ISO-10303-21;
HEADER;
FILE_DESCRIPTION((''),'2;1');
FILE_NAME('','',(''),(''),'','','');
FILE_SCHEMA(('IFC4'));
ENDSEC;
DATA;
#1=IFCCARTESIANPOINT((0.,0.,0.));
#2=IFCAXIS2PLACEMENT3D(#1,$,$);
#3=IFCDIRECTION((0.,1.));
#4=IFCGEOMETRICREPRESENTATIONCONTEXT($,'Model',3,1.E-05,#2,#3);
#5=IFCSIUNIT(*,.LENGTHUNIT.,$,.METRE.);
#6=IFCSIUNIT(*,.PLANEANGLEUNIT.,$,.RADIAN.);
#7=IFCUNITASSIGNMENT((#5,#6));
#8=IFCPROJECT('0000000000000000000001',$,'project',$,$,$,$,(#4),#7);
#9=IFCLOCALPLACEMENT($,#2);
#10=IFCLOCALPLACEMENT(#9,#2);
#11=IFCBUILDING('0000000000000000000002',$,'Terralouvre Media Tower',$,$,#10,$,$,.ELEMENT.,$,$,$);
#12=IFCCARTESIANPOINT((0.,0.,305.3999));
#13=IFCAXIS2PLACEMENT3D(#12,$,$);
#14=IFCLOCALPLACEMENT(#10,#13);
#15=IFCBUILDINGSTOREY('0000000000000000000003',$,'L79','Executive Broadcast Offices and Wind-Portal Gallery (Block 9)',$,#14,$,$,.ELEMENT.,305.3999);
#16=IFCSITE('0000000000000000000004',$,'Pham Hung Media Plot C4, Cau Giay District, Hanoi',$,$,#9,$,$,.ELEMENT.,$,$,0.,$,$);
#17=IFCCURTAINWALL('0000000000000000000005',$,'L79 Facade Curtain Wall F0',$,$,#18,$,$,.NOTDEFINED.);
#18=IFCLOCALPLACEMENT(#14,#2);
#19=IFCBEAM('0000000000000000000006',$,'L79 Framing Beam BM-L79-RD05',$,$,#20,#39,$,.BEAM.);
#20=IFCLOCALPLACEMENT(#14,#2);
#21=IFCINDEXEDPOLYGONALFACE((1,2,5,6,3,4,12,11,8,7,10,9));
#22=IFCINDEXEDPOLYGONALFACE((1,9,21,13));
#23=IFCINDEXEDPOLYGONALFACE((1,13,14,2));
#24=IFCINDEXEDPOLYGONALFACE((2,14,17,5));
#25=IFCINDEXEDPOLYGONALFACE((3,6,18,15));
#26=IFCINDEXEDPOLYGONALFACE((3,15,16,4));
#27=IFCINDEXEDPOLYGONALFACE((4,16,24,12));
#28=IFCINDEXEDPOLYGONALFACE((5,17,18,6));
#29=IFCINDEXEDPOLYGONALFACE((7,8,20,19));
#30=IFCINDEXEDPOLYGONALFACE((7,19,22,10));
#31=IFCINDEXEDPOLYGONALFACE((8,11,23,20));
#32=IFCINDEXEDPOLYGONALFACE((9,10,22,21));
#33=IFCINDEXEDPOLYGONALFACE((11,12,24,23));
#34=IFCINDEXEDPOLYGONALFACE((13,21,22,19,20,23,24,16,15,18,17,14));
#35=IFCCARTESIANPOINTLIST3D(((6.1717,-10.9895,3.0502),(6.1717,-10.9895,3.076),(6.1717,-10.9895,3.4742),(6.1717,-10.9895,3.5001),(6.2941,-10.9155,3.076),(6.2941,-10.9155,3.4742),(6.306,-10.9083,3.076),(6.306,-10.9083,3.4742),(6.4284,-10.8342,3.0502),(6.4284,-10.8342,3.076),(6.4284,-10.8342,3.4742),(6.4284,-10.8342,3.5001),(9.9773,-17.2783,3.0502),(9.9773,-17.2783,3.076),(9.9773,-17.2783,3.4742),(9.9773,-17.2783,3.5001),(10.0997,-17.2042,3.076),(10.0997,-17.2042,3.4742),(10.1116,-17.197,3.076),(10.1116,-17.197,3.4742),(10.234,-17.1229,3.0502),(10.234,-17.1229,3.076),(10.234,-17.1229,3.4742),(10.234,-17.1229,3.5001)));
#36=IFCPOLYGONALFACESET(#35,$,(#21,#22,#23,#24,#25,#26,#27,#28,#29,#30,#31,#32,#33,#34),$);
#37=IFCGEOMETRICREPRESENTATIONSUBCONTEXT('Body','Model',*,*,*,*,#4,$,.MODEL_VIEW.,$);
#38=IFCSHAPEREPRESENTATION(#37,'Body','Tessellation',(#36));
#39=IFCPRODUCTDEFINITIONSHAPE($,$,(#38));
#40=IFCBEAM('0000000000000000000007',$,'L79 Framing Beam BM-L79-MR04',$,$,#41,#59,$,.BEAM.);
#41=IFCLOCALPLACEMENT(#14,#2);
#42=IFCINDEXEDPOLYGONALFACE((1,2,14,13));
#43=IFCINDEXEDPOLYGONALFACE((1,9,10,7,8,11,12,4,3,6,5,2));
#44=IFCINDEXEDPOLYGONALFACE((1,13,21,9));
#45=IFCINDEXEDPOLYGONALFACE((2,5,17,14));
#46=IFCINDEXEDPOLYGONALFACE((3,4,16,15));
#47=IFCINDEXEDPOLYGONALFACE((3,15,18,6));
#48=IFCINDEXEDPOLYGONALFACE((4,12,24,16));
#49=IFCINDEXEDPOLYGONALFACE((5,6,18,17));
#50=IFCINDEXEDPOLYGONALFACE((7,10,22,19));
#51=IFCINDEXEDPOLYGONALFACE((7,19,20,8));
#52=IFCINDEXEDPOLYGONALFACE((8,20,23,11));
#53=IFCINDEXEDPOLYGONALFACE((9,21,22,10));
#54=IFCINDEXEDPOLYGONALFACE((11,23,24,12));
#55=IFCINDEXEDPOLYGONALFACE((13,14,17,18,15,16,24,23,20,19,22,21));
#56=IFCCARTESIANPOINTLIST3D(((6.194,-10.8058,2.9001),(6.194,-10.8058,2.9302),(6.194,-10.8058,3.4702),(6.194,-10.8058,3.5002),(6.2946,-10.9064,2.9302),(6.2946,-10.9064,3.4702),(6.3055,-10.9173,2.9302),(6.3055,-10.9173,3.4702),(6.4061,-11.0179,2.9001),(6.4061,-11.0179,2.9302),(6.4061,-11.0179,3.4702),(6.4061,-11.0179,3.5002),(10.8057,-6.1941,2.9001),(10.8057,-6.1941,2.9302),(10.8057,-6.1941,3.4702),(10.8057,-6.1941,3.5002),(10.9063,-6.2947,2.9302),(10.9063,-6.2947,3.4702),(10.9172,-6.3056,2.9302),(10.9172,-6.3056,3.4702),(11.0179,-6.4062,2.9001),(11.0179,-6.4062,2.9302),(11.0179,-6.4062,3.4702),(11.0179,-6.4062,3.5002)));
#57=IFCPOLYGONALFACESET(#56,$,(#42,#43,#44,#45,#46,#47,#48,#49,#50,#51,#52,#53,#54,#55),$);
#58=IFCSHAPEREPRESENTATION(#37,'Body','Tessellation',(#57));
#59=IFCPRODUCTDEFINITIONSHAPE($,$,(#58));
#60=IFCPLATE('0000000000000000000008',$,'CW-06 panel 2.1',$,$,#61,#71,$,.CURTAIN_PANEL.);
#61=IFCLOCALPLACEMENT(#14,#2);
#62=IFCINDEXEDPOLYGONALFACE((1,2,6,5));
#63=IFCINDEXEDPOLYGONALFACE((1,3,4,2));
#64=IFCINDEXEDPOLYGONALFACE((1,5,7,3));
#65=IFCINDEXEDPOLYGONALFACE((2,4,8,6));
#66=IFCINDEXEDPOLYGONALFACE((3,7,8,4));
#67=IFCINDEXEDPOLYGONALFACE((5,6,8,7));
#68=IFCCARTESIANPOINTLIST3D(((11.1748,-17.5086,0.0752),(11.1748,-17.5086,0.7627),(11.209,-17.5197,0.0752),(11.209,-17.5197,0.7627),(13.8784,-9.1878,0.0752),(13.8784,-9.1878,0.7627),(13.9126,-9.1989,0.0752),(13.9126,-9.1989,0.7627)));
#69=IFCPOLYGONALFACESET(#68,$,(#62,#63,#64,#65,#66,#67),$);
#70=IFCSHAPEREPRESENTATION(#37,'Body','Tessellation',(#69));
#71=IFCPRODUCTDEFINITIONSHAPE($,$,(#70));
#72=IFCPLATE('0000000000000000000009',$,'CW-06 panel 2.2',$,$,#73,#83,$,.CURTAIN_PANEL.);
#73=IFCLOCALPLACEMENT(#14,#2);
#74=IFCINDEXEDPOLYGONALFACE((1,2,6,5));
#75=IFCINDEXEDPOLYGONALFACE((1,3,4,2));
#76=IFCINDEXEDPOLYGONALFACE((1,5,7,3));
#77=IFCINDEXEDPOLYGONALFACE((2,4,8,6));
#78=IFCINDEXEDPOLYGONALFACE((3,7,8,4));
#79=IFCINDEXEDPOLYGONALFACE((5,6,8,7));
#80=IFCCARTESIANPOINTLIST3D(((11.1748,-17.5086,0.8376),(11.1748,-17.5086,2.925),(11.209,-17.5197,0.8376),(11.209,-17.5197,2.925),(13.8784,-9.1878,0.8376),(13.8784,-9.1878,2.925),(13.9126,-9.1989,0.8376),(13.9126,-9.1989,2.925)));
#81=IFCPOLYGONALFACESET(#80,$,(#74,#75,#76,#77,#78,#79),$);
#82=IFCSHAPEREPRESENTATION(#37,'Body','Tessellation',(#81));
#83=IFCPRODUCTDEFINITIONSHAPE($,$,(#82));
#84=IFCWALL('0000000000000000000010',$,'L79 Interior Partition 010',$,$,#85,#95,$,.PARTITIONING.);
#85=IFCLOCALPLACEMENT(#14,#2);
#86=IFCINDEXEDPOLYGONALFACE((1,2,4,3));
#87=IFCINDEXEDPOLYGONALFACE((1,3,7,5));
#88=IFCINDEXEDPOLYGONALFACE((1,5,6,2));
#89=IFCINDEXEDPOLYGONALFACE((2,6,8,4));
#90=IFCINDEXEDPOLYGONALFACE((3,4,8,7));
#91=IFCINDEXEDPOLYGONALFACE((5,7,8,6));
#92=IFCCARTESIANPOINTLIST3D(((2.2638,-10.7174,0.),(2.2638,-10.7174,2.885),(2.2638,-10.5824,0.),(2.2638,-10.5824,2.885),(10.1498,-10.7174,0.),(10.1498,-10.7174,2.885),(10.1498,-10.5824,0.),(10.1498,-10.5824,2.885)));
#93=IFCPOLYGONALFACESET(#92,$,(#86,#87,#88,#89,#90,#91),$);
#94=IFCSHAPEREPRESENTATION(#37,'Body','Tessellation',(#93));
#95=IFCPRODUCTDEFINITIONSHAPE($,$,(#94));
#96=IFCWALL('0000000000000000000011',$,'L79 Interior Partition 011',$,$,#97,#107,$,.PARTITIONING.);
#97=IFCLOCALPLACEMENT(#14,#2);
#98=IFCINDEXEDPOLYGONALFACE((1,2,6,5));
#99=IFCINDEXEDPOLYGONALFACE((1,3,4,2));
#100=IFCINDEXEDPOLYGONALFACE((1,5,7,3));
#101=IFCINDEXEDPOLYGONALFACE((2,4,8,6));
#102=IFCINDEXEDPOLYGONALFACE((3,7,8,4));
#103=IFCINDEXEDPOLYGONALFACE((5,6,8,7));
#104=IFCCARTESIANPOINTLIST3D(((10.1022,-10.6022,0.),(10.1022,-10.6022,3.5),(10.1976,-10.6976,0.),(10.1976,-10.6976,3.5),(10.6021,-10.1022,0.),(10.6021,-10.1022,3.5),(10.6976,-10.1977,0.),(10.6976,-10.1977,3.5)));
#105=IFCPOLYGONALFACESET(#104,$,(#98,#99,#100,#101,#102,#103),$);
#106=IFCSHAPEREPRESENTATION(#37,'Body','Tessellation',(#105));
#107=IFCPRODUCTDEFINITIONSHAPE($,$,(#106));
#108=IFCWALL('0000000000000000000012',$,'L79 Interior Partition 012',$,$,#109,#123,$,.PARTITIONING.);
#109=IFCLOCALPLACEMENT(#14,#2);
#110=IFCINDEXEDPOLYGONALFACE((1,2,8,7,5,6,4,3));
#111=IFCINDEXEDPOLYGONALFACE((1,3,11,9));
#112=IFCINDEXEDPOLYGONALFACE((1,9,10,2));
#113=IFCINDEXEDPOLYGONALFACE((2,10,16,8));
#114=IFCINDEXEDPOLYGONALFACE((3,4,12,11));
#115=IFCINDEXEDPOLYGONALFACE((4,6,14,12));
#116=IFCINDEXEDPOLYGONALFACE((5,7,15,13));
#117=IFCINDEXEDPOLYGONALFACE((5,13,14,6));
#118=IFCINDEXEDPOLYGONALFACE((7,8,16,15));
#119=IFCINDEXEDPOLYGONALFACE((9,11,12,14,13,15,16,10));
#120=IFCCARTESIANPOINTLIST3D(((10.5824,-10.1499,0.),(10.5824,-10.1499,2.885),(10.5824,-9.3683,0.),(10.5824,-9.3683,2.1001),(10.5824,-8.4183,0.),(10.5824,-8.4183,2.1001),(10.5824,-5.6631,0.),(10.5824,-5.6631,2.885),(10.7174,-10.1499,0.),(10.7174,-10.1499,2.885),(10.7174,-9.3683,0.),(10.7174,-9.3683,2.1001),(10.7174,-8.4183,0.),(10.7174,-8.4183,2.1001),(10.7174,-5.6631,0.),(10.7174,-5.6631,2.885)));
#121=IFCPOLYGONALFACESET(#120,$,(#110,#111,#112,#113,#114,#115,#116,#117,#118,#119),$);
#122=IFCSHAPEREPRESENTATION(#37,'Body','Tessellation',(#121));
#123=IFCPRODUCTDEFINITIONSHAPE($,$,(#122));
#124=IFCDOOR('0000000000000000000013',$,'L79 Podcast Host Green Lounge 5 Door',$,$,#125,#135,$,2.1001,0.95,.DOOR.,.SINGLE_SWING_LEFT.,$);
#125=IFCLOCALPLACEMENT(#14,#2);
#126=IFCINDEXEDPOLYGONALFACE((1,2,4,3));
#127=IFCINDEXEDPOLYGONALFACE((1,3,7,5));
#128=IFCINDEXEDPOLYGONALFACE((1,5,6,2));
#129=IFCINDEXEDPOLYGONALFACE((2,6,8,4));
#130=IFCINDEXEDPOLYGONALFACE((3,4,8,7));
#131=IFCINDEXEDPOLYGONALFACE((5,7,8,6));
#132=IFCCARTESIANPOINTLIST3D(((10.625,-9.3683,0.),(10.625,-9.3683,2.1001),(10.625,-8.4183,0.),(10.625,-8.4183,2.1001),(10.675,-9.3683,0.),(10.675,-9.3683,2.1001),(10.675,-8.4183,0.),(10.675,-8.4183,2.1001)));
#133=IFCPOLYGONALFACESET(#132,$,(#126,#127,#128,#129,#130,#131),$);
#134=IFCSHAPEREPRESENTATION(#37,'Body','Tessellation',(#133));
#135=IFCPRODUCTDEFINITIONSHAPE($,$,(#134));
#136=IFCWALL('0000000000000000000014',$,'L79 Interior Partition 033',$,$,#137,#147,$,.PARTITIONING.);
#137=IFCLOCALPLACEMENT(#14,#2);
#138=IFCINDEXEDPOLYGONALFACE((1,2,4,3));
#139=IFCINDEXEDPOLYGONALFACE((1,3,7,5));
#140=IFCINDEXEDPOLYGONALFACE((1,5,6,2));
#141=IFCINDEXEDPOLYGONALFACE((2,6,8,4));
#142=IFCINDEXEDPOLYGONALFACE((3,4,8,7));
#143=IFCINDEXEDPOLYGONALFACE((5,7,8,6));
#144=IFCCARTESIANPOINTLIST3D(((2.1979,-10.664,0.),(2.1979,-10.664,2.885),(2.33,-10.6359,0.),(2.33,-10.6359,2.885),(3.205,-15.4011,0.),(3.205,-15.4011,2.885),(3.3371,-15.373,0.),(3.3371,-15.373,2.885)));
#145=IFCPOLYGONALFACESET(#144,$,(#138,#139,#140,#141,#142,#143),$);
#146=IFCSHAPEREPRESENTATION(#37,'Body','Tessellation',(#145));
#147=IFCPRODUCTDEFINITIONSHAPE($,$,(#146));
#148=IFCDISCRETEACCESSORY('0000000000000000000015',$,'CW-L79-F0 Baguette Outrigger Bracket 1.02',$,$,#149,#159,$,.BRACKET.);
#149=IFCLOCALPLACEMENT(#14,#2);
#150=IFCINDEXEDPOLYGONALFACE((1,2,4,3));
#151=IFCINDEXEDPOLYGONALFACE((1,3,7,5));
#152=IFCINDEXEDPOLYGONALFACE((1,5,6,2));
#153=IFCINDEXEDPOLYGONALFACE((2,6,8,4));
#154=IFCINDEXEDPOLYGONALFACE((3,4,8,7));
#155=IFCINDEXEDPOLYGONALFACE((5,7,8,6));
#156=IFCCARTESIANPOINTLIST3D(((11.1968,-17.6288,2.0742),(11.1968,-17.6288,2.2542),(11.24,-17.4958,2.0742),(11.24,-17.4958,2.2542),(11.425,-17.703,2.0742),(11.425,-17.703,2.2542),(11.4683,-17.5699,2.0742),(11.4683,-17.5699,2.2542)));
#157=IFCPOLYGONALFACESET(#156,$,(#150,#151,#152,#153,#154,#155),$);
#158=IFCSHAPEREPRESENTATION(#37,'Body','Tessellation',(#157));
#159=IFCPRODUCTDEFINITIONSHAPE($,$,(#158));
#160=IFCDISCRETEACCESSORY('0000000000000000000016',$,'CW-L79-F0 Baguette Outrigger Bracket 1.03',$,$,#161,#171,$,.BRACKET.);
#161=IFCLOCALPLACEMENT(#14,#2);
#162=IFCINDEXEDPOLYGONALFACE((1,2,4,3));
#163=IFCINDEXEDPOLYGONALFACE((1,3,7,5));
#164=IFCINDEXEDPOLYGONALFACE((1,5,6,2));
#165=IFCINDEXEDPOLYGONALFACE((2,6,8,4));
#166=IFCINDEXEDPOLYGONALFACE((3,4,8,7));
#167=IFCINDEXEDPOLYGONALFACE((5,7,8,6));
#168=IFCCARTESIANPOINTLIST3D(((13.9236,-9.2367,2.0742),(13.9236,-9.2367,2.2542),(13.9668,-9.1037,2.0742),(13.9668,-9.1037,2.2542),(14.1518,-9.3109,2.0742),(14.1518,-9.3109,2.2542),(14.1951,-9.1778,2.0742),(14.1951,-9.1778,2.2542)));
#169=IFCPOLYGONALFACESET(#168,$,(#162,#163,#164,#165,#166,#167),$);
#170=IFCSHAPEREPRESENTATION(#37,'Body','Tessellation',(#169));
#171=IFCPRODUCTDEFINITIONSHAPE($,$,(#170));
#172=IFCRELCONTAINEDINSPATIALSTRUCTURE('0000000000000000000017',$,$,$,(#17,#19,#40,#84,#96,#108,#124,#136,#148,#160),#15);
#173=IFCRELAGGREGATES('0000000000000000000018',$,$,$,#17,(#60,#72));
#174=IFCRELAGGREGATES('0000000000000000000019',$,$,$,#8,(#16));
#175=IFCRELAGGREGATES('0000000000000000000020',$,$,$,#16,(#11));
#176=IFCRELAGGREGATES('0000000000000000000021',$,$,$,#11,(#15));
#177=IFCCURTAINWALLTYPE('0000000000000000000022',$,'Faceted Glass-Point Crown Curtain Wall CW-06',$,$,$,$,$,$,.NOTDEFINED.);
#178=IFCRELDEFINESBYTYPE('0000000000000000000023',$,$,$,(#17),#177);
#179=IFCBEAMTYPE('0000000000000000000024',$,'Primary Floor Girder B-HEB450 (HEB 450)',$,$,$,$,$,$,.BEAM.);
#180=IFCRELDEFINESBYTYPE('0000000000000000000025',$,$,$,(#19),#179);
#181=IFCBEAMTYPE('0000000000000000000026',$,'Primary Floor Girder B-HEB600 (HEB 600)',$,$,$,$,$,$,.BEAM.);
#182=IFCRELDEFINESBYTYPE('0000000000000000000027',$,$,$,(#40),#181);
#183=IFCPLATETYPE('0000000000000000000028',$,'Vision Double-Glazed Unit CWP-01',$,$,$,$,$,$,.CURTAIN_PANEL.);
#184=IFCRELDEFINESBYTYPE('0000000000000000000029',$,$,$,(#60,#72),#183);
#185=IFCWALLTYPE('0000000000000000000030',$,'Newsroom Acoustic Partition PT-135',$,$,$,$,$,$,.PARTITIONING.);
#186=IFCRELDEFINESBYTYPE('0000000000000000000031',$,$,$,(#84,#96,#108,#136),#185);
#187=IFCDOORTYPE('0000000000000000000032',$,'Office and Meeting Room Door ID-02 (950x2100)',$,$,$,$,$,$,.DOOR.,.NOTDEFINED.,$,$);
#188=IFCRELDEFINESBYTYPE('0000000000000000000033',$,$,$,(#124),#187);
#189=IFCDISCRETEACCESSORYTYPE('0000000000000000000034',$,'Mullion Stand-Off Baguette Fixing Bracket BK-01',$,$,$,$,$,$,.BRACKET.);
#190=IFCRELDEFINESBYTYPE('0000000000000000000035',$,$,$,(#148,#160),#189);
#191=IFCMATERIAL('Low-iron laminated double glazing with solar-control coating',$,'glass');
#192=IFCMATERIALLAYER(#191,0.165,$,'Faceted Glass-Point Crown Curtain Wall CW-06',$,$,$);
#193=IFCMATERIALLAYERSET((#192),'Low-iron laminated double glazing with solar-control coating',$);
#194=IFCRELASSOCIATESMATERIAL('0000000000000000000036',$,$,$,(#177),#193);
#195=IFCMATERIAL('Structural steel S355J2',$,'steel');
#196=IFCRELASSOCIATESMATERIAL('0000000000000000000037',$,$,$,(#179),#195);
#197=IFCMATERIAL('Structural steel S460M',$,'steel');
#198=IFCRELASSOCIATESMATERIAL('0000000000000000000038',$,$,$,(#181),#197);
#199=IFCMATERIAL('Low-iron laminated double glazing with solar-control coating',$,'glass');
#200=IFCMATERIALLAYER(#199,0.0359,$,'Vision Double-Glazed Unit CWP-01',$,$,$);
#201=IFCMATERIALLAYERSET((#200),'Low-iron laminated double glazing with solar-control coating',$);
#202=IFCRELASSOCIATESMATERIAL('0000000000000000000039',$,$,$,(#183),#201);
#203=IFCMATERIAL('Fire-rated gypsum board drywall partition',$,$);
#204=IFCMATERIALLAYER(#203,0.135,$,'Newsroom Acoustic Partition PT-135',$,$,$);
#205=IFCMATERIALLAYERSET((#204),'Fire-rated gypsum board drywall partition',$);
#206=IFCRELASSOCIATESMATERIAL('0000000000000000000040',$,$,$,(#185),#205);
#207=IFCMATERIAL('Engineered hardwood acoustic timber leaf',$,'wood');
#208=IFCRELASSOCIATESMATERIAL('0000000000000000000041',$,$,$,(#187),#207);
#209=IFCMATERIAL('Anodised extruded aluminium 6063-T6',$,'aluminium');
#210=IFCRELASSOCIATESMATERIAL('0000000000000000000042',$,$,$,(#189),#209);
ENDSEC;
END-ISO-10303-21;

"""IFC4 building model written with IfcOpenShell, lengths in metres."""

from ifc_helpers import new_model, si_unit, direction, frame, frame_2d, origin, origin_2d, place, context, subcontext, project, spatial, rectangle, i_section, extrude, material, layer, layer_set, material_profile, profile_set, type_object, element, fill, aggregate, save


model = new_model("IFC4")

# Units and contexts
model_context = context("Model", 3, precision=1e-05, world=origin(), true_north=direction((0.0, 1.0)))
body_context = subcontext(model_context, "Body", "Model", "MODEL_VIEW")
ifc_project = project(units=[si_unit("LENGTHUNIT", "METRE"), si_unit("PLANEANGLEUNIT", "RADIAN")], contexts=[model_context])

# Site, building, storey
site_placement = place(None, origin())
site = spatial("IfcSite", under=ifc_project, at=site_placement, Name="Pham Hung Media Plot C4, Cau Giay District, Hanoi", CompositionType="ELEMENT", RefElevation=0.0)
building_placement = place(site_placement, origin())
building = spatial("IfcBuilding", under=site, at=building_placement, Name="Terralouvre Media Tower", CompositionType="ELEMENT")
storey_placement = place(building_placement, frame((0.0, 0.0, 305.3999)))
storey = spatial("IfcBuildingStorey", under=building, at=storey_placement, Name="L79", Description="Executive Broadcast Offices and Wind-Portal Gallery (Block 9)", CompositionType="ELEMENT", Elevation=305.3999)

# Curtain wall
ifc_material_1 = material(Name="Low-iron laminated double glazing with solar-control coating", Category="glass")
ifc_layer_1 = layer(ifc_material_1, 0.165, Name="Faceted Glass-Point Crown Curtain Wall CW-06")
ifc_layer_set_1 = layer_set([ifc_layer_1], Name="Low-iron laminated double glazing with solar-control coating")
curtain_wall_type = type_object("IfcCurtainWallType", Name="Faceted Glass-Point Crown Curtain Wall CW-06", PredefinedType="NOTDEFINED", material=ifc_layer_set_1)
curtain_wall_placement = place(storey_placement, origin())
curtain_wall = element("IfcCurtainWall", 1, at=curtain_wall_placement, inside=storey, type_object=curtain_wall_type, Name="L79 Facade Curtain Wall F0", PredefinedType="NOTDEFINED")

# Beams
ifc_material_2 = material(Name="Structural steel S355J2", Category="steel")
ifc_material_profile_1 = material_profile(ifc_material_2, i_section(OverallWidth=0.3, OverallDepth=0.45, WebThickness=0.0139, FlangeThickness=0.0259, at=origin_2d()), Name="HEB 450")
ifc_profile_set_1 = profile_set([ifc_material_profile_1], Name="Structural steel S355J2")
beam_type_1 = type_object("IfcBeamType", Name="Primary Floor Girder B-HEB450 (HEB 450)", PredefinedType="BEAM", material=ifc_profile_set_1)
beam_1_placement = place(storey_placement, frame((6.3, -10.9119, 3.2751), z_axis=(0.51773, -0.855544, 0.0), x_axis=(0.855544, 0.51773, 0.0)))
element("IfcBeam", 2, at=beam_1_placement, inside=storey, type_object=beam_type_1, Name="L79 Framing Beam BM-L79-RD05", PredefinedType="BEAM", context=body_context, shape_type="SweptSolid", body=[
    extrude(i_section(OverallWidth=0.3, OverallDepth=0.45, WebThickness=0.0139, FlangeThickness=0.0259, at=origin_2d()), origin(), (0.0, 0.0, 1.0), 7.3506),
])
ifc_material_3 = material(Name="Structural steel S460M", Category="steel")
ifc_material_profile_2 = material_profile(ifc_material_3, i_section(OverallWidth=0.3, OverallDepth=0.6001, WebThickness=0.0154, FlangeThickness=0.03, at=origin_2d()), Name="HEB 600")
ifc_profile_set_2 = profile_set([ifc_material_profile_2], Name="Structural steel S460M")
beam_type_2 = type_object("IfcBeamType", Name="Primary Floor Girder B-HEB600 (HEB 600)", PredefinedType="BEAM", material=ifc_profile_set_2)
beam_2_placement = place(storey_placement, frame((6.3, -10.9119, 3.2002), z_axis=(0.707107, 0.707107, 0.0), x_axis=(-0.707107, 0.707107, 0.0)))
element("IfcBeam", 3, at=beam_2_placement, inside=storey, type_object=beam_type_2, Name="L79 Framing Beam BM-L79-MR04", PredefinedType="BEAM", context=body_context, shape_type="SweptSolid", body=[
    extrude(i_section(OverallWidth=0.3, OverallDepth=0.6001, WebThickness=0.0154, FlangeThickness=0.03, at=origin_2d()), origin(), (0.0, 0.0, 1.0), 6.522),
])

# Plates
ifc_material_4 = material(Name="Low-iron laminated double glazing with solar-control coating", Category="glass")
ifc_layer_2 = layer(ifc_material_4, 0.0359, Name="Vision Double-Glazed Unit CWP-01")
ifc_layer_set_2 = layer_set([ifc_layer_2], Name="Low-iron laminated double glazing with solar-control coating")
plate_type = type_object("IfcPlateType", Name="Vision Double-Glazed Unit CWP-01", PredefinedType="CURTAIN_PANEL", material=ifc_layer_set_2)
plate_1_placement = place(storey_placement, frame((12.5437, -13.3538, 0.0752), z_axis=(0.0, 0.0, 1.0), x_axis=(0.309017, 0.951057, 0.0)))
plate_1 = element("IfcPlate", 4, at=plate_1_placement, type_object=plate_type, Name="CW-06 panel 2.1", PredefinedType="CURTAIN_PANEL", context=body_context, shape_type="SweptSolid", body=[
    extrude(rectangle(XDim=8.749, YDim=0.0359, at=origin_2d()), origin(), (0.0, 0.0, 1.0), 0.6875),
])
plate_2_placement = place(storey_placement, frame((12.5437, -13.3538, 0.8376), z_axis=(0.0, 0.0, 1.0), x_axis=(0.309017, 0.951057, 0.0)))
plate_2 = element("IfcPlate", 5, at=plate_2_placement, type_object=plate_type, Name="CW-06 panel 2.2", PredefinedType="CURTAIN_PANEL", context=body_context, shape_type="SweptSolid", body=[
    extrude(rectangle(XDim=8.749, YDim=0.0359, at=origin_2d()), origin(), (0.0, 0.0, 1.0), 2.0874),
])
aggregate(curtain_wall, [plate_1, plate_2])

# Walls
ifc_material_5 = material(Name="Fire-rated gypsum board drywall partition")
ifc_layer_3 = layer(ifc_material_5, 0.135, Name="Newsroom Acoustic Partition PT-135")
ifc_layer_set_3 = layer_set([ifc_layer_3], Name="Fire-rated gypsum board drywall partition")
wall_type = type_object("IfcWallType", Name="Newsroom Acoustic Partition PT-135", PredefinedType="PARTITIONING", material=ifc_layer_set_3)
wall_1_placement = place(storey_placement, frame((2.2639, -10.6499, 0.0), z_axis=(0.0, 0.0, 1.0), x_axis=(1.0, 0.0, 0.0)))
element("IfcWall", 6, at=wall_1_placement, inside=storey, type_object=wall_type, Name="L79 Interior Partition 010", PredefinedType="PARTITIONING", context=body_context, shape_type="SweptSolid", body=[
    extrude(rectangle(XDim=7.886, YDim=0.135, at=frame_2d((3.9429, 0.0))), origin(), (0.0, 0.0, 1.0), 2.885),
])
wall_2_placement = place(storey_placement, frame((10.1499, -10.6499, 0.0), z_axis=(0.0, 0.0, 1.0), x_axis=(0.707107, 0.707107, 0.0)))
element("IfcWall", 7, at=wall_2_placement, inside=storey, type_object=wall_type, Name="L79 Interior Partition 011", PredefinedType="PARTITIONING", context=body_context, shape_type="SweptSolid", body=[
    extrude(rectangle(XDim=0.707, YDim=0.135, at=frame_2d((0.3535, 0.0))), origin(), (0.0, 0.0, 1.0), 3.5),
])

# Wall, opening, door
wall_3_placement = place(storey_placement, frame((10.6499, -10.1499, 0.0), z_axis=(0.0, 0.0, 1.0), x_axis=(0.0, 1.0, 0.0)))
wall_3 = element("IfcWall", 8, at=wall_3_placement, inside=storey, type_object=wall_type, Name="L79 Interior Partition 012", PredefinedType="PARTITIONING", context=body_context, shape_type="SweptSolid", body=[
    extrude(rectangle(XDim=4.4868, YDim=0.135, at=frame_2d((2.2434, 0.0))), origin(), (0.0, 0.0, 1.0), 2.885),
])
opening_placement = place(wall_3_placement, frame((0.7815, 0.0, 0.0)))
opening = element("IfcOpeningElement", 9, at=opening_placement, cuts=wall_3, PredefinedType="OPENING", context=body_context, shape_type="SweptSolid", body=[
    extrude(rectangle(XDim=0.95, YDim=2.1001, at=frame_2d((0.4751, 1.05))), frame((0.0, 0.0774, 0.0), z_axis=(0.0, -1.0, 0.0), x_axis=(1.0, 0.0, 0.0)), (0.0, 0.0, 1.0), 0.155),
])
ifc_material_6 = material(Name="Engineered hardwood acoustic timber leaf", Category="wood")
door_type = type_object("IfcDoorType", Name="Office and Meeting Room Door ID-02 (950x2100)", OperationType="NOTDEFINED", PredefinedType="DOOR", material=ifc_material_6)
door_placement = place(opening_placement, origin())
door = element("IfcDoor", 10, at=door_placement, inside=storey, type_object=door_type, Name="L79 Podcast Host Green Lounge 5 Door", OperationType="SINGLE_SWING_LEFT", OverallHeight=2.1001, OverallWidth=0.95, PredefinedType="DOOR", context=body_context, shape_type="SweptSolid", body=[
    extrude(rectangle(XDim=0.95, YDim=2.1001, at=frame_2d((0.4751, 1.05))), frame((0.0, 0.0249, 0.0), z_axis=(0.0, -1.0, 0.0), x_axis=(1.0, 0.0, 0.0)), (0.0, 0.0, 1.0), 0.05),
])
fill(opening, door)

# Wall
wall_4_placement = place(storey_placement, frame((3.271, -15.387, 0.0), z_axis=(0.0, 0.0, 1.0), x_axis=(-0.207949, 0.97814, 0.0)))
element("IfcWall", 11, at=wall_4_placement, inside=storey, type_object=wall_type, Name="L79 Interior Partition 033", PredefinedType="PARTITIONING", context=body_context, shape_type="SweptSolid", body=[
    extrude(rectangle(XDim=4.843, YDim=0.135, at=frame_2d((2.4214, 0.0))), origin(), (0.0, 0.0, 1.0), 2.885),
])

# Discrete accessories
ifc_material_7 = material(Name="Anodised extruded aluminium 6063-T6", Category="aluminium")
discrete_accessory_type = type_object("IfcDiscreteAccessoryType", Name="Mullion Stand-Off Baguette Fixing Bracket BK-01", PredefinedType="BRACKET", material=ifc_material_7)
for number, where, z_axis, x_axis, name in (
    (12, (11.3325, -17.5994, 2.0742), (0.0, 0.0, 1.0), (0.309017, 0.951057, 0.0), "CW-L79-F0 Baguette Outrigger Bracket 1.02"),
    (13, (14.0593, -9.2073, 2.0742), (0.0, 0.0, 1.0), (0.309017, 0.951057, 0.0), "CW-L79-F0 Baguette Outrigger Bracket 1.03"),
):
    element("IfcDiscreteAccessory", number, at=place(storey_placement, frame(where, z_axis=z_axis, x_axis=x_axis)), inside=storey, type_object=discrete_accessory_type, Name=name, PredefinedType="BRACKET", context=body_context, shape_type="SweptSolid", body=[
        extrude(rectangle(XDim=0.1399, YDim=0.24, at=origin_2d()), origin(), (0.0, 0.0, 1.0), 0.1799),
    ])

save(model, "model.ifc")
